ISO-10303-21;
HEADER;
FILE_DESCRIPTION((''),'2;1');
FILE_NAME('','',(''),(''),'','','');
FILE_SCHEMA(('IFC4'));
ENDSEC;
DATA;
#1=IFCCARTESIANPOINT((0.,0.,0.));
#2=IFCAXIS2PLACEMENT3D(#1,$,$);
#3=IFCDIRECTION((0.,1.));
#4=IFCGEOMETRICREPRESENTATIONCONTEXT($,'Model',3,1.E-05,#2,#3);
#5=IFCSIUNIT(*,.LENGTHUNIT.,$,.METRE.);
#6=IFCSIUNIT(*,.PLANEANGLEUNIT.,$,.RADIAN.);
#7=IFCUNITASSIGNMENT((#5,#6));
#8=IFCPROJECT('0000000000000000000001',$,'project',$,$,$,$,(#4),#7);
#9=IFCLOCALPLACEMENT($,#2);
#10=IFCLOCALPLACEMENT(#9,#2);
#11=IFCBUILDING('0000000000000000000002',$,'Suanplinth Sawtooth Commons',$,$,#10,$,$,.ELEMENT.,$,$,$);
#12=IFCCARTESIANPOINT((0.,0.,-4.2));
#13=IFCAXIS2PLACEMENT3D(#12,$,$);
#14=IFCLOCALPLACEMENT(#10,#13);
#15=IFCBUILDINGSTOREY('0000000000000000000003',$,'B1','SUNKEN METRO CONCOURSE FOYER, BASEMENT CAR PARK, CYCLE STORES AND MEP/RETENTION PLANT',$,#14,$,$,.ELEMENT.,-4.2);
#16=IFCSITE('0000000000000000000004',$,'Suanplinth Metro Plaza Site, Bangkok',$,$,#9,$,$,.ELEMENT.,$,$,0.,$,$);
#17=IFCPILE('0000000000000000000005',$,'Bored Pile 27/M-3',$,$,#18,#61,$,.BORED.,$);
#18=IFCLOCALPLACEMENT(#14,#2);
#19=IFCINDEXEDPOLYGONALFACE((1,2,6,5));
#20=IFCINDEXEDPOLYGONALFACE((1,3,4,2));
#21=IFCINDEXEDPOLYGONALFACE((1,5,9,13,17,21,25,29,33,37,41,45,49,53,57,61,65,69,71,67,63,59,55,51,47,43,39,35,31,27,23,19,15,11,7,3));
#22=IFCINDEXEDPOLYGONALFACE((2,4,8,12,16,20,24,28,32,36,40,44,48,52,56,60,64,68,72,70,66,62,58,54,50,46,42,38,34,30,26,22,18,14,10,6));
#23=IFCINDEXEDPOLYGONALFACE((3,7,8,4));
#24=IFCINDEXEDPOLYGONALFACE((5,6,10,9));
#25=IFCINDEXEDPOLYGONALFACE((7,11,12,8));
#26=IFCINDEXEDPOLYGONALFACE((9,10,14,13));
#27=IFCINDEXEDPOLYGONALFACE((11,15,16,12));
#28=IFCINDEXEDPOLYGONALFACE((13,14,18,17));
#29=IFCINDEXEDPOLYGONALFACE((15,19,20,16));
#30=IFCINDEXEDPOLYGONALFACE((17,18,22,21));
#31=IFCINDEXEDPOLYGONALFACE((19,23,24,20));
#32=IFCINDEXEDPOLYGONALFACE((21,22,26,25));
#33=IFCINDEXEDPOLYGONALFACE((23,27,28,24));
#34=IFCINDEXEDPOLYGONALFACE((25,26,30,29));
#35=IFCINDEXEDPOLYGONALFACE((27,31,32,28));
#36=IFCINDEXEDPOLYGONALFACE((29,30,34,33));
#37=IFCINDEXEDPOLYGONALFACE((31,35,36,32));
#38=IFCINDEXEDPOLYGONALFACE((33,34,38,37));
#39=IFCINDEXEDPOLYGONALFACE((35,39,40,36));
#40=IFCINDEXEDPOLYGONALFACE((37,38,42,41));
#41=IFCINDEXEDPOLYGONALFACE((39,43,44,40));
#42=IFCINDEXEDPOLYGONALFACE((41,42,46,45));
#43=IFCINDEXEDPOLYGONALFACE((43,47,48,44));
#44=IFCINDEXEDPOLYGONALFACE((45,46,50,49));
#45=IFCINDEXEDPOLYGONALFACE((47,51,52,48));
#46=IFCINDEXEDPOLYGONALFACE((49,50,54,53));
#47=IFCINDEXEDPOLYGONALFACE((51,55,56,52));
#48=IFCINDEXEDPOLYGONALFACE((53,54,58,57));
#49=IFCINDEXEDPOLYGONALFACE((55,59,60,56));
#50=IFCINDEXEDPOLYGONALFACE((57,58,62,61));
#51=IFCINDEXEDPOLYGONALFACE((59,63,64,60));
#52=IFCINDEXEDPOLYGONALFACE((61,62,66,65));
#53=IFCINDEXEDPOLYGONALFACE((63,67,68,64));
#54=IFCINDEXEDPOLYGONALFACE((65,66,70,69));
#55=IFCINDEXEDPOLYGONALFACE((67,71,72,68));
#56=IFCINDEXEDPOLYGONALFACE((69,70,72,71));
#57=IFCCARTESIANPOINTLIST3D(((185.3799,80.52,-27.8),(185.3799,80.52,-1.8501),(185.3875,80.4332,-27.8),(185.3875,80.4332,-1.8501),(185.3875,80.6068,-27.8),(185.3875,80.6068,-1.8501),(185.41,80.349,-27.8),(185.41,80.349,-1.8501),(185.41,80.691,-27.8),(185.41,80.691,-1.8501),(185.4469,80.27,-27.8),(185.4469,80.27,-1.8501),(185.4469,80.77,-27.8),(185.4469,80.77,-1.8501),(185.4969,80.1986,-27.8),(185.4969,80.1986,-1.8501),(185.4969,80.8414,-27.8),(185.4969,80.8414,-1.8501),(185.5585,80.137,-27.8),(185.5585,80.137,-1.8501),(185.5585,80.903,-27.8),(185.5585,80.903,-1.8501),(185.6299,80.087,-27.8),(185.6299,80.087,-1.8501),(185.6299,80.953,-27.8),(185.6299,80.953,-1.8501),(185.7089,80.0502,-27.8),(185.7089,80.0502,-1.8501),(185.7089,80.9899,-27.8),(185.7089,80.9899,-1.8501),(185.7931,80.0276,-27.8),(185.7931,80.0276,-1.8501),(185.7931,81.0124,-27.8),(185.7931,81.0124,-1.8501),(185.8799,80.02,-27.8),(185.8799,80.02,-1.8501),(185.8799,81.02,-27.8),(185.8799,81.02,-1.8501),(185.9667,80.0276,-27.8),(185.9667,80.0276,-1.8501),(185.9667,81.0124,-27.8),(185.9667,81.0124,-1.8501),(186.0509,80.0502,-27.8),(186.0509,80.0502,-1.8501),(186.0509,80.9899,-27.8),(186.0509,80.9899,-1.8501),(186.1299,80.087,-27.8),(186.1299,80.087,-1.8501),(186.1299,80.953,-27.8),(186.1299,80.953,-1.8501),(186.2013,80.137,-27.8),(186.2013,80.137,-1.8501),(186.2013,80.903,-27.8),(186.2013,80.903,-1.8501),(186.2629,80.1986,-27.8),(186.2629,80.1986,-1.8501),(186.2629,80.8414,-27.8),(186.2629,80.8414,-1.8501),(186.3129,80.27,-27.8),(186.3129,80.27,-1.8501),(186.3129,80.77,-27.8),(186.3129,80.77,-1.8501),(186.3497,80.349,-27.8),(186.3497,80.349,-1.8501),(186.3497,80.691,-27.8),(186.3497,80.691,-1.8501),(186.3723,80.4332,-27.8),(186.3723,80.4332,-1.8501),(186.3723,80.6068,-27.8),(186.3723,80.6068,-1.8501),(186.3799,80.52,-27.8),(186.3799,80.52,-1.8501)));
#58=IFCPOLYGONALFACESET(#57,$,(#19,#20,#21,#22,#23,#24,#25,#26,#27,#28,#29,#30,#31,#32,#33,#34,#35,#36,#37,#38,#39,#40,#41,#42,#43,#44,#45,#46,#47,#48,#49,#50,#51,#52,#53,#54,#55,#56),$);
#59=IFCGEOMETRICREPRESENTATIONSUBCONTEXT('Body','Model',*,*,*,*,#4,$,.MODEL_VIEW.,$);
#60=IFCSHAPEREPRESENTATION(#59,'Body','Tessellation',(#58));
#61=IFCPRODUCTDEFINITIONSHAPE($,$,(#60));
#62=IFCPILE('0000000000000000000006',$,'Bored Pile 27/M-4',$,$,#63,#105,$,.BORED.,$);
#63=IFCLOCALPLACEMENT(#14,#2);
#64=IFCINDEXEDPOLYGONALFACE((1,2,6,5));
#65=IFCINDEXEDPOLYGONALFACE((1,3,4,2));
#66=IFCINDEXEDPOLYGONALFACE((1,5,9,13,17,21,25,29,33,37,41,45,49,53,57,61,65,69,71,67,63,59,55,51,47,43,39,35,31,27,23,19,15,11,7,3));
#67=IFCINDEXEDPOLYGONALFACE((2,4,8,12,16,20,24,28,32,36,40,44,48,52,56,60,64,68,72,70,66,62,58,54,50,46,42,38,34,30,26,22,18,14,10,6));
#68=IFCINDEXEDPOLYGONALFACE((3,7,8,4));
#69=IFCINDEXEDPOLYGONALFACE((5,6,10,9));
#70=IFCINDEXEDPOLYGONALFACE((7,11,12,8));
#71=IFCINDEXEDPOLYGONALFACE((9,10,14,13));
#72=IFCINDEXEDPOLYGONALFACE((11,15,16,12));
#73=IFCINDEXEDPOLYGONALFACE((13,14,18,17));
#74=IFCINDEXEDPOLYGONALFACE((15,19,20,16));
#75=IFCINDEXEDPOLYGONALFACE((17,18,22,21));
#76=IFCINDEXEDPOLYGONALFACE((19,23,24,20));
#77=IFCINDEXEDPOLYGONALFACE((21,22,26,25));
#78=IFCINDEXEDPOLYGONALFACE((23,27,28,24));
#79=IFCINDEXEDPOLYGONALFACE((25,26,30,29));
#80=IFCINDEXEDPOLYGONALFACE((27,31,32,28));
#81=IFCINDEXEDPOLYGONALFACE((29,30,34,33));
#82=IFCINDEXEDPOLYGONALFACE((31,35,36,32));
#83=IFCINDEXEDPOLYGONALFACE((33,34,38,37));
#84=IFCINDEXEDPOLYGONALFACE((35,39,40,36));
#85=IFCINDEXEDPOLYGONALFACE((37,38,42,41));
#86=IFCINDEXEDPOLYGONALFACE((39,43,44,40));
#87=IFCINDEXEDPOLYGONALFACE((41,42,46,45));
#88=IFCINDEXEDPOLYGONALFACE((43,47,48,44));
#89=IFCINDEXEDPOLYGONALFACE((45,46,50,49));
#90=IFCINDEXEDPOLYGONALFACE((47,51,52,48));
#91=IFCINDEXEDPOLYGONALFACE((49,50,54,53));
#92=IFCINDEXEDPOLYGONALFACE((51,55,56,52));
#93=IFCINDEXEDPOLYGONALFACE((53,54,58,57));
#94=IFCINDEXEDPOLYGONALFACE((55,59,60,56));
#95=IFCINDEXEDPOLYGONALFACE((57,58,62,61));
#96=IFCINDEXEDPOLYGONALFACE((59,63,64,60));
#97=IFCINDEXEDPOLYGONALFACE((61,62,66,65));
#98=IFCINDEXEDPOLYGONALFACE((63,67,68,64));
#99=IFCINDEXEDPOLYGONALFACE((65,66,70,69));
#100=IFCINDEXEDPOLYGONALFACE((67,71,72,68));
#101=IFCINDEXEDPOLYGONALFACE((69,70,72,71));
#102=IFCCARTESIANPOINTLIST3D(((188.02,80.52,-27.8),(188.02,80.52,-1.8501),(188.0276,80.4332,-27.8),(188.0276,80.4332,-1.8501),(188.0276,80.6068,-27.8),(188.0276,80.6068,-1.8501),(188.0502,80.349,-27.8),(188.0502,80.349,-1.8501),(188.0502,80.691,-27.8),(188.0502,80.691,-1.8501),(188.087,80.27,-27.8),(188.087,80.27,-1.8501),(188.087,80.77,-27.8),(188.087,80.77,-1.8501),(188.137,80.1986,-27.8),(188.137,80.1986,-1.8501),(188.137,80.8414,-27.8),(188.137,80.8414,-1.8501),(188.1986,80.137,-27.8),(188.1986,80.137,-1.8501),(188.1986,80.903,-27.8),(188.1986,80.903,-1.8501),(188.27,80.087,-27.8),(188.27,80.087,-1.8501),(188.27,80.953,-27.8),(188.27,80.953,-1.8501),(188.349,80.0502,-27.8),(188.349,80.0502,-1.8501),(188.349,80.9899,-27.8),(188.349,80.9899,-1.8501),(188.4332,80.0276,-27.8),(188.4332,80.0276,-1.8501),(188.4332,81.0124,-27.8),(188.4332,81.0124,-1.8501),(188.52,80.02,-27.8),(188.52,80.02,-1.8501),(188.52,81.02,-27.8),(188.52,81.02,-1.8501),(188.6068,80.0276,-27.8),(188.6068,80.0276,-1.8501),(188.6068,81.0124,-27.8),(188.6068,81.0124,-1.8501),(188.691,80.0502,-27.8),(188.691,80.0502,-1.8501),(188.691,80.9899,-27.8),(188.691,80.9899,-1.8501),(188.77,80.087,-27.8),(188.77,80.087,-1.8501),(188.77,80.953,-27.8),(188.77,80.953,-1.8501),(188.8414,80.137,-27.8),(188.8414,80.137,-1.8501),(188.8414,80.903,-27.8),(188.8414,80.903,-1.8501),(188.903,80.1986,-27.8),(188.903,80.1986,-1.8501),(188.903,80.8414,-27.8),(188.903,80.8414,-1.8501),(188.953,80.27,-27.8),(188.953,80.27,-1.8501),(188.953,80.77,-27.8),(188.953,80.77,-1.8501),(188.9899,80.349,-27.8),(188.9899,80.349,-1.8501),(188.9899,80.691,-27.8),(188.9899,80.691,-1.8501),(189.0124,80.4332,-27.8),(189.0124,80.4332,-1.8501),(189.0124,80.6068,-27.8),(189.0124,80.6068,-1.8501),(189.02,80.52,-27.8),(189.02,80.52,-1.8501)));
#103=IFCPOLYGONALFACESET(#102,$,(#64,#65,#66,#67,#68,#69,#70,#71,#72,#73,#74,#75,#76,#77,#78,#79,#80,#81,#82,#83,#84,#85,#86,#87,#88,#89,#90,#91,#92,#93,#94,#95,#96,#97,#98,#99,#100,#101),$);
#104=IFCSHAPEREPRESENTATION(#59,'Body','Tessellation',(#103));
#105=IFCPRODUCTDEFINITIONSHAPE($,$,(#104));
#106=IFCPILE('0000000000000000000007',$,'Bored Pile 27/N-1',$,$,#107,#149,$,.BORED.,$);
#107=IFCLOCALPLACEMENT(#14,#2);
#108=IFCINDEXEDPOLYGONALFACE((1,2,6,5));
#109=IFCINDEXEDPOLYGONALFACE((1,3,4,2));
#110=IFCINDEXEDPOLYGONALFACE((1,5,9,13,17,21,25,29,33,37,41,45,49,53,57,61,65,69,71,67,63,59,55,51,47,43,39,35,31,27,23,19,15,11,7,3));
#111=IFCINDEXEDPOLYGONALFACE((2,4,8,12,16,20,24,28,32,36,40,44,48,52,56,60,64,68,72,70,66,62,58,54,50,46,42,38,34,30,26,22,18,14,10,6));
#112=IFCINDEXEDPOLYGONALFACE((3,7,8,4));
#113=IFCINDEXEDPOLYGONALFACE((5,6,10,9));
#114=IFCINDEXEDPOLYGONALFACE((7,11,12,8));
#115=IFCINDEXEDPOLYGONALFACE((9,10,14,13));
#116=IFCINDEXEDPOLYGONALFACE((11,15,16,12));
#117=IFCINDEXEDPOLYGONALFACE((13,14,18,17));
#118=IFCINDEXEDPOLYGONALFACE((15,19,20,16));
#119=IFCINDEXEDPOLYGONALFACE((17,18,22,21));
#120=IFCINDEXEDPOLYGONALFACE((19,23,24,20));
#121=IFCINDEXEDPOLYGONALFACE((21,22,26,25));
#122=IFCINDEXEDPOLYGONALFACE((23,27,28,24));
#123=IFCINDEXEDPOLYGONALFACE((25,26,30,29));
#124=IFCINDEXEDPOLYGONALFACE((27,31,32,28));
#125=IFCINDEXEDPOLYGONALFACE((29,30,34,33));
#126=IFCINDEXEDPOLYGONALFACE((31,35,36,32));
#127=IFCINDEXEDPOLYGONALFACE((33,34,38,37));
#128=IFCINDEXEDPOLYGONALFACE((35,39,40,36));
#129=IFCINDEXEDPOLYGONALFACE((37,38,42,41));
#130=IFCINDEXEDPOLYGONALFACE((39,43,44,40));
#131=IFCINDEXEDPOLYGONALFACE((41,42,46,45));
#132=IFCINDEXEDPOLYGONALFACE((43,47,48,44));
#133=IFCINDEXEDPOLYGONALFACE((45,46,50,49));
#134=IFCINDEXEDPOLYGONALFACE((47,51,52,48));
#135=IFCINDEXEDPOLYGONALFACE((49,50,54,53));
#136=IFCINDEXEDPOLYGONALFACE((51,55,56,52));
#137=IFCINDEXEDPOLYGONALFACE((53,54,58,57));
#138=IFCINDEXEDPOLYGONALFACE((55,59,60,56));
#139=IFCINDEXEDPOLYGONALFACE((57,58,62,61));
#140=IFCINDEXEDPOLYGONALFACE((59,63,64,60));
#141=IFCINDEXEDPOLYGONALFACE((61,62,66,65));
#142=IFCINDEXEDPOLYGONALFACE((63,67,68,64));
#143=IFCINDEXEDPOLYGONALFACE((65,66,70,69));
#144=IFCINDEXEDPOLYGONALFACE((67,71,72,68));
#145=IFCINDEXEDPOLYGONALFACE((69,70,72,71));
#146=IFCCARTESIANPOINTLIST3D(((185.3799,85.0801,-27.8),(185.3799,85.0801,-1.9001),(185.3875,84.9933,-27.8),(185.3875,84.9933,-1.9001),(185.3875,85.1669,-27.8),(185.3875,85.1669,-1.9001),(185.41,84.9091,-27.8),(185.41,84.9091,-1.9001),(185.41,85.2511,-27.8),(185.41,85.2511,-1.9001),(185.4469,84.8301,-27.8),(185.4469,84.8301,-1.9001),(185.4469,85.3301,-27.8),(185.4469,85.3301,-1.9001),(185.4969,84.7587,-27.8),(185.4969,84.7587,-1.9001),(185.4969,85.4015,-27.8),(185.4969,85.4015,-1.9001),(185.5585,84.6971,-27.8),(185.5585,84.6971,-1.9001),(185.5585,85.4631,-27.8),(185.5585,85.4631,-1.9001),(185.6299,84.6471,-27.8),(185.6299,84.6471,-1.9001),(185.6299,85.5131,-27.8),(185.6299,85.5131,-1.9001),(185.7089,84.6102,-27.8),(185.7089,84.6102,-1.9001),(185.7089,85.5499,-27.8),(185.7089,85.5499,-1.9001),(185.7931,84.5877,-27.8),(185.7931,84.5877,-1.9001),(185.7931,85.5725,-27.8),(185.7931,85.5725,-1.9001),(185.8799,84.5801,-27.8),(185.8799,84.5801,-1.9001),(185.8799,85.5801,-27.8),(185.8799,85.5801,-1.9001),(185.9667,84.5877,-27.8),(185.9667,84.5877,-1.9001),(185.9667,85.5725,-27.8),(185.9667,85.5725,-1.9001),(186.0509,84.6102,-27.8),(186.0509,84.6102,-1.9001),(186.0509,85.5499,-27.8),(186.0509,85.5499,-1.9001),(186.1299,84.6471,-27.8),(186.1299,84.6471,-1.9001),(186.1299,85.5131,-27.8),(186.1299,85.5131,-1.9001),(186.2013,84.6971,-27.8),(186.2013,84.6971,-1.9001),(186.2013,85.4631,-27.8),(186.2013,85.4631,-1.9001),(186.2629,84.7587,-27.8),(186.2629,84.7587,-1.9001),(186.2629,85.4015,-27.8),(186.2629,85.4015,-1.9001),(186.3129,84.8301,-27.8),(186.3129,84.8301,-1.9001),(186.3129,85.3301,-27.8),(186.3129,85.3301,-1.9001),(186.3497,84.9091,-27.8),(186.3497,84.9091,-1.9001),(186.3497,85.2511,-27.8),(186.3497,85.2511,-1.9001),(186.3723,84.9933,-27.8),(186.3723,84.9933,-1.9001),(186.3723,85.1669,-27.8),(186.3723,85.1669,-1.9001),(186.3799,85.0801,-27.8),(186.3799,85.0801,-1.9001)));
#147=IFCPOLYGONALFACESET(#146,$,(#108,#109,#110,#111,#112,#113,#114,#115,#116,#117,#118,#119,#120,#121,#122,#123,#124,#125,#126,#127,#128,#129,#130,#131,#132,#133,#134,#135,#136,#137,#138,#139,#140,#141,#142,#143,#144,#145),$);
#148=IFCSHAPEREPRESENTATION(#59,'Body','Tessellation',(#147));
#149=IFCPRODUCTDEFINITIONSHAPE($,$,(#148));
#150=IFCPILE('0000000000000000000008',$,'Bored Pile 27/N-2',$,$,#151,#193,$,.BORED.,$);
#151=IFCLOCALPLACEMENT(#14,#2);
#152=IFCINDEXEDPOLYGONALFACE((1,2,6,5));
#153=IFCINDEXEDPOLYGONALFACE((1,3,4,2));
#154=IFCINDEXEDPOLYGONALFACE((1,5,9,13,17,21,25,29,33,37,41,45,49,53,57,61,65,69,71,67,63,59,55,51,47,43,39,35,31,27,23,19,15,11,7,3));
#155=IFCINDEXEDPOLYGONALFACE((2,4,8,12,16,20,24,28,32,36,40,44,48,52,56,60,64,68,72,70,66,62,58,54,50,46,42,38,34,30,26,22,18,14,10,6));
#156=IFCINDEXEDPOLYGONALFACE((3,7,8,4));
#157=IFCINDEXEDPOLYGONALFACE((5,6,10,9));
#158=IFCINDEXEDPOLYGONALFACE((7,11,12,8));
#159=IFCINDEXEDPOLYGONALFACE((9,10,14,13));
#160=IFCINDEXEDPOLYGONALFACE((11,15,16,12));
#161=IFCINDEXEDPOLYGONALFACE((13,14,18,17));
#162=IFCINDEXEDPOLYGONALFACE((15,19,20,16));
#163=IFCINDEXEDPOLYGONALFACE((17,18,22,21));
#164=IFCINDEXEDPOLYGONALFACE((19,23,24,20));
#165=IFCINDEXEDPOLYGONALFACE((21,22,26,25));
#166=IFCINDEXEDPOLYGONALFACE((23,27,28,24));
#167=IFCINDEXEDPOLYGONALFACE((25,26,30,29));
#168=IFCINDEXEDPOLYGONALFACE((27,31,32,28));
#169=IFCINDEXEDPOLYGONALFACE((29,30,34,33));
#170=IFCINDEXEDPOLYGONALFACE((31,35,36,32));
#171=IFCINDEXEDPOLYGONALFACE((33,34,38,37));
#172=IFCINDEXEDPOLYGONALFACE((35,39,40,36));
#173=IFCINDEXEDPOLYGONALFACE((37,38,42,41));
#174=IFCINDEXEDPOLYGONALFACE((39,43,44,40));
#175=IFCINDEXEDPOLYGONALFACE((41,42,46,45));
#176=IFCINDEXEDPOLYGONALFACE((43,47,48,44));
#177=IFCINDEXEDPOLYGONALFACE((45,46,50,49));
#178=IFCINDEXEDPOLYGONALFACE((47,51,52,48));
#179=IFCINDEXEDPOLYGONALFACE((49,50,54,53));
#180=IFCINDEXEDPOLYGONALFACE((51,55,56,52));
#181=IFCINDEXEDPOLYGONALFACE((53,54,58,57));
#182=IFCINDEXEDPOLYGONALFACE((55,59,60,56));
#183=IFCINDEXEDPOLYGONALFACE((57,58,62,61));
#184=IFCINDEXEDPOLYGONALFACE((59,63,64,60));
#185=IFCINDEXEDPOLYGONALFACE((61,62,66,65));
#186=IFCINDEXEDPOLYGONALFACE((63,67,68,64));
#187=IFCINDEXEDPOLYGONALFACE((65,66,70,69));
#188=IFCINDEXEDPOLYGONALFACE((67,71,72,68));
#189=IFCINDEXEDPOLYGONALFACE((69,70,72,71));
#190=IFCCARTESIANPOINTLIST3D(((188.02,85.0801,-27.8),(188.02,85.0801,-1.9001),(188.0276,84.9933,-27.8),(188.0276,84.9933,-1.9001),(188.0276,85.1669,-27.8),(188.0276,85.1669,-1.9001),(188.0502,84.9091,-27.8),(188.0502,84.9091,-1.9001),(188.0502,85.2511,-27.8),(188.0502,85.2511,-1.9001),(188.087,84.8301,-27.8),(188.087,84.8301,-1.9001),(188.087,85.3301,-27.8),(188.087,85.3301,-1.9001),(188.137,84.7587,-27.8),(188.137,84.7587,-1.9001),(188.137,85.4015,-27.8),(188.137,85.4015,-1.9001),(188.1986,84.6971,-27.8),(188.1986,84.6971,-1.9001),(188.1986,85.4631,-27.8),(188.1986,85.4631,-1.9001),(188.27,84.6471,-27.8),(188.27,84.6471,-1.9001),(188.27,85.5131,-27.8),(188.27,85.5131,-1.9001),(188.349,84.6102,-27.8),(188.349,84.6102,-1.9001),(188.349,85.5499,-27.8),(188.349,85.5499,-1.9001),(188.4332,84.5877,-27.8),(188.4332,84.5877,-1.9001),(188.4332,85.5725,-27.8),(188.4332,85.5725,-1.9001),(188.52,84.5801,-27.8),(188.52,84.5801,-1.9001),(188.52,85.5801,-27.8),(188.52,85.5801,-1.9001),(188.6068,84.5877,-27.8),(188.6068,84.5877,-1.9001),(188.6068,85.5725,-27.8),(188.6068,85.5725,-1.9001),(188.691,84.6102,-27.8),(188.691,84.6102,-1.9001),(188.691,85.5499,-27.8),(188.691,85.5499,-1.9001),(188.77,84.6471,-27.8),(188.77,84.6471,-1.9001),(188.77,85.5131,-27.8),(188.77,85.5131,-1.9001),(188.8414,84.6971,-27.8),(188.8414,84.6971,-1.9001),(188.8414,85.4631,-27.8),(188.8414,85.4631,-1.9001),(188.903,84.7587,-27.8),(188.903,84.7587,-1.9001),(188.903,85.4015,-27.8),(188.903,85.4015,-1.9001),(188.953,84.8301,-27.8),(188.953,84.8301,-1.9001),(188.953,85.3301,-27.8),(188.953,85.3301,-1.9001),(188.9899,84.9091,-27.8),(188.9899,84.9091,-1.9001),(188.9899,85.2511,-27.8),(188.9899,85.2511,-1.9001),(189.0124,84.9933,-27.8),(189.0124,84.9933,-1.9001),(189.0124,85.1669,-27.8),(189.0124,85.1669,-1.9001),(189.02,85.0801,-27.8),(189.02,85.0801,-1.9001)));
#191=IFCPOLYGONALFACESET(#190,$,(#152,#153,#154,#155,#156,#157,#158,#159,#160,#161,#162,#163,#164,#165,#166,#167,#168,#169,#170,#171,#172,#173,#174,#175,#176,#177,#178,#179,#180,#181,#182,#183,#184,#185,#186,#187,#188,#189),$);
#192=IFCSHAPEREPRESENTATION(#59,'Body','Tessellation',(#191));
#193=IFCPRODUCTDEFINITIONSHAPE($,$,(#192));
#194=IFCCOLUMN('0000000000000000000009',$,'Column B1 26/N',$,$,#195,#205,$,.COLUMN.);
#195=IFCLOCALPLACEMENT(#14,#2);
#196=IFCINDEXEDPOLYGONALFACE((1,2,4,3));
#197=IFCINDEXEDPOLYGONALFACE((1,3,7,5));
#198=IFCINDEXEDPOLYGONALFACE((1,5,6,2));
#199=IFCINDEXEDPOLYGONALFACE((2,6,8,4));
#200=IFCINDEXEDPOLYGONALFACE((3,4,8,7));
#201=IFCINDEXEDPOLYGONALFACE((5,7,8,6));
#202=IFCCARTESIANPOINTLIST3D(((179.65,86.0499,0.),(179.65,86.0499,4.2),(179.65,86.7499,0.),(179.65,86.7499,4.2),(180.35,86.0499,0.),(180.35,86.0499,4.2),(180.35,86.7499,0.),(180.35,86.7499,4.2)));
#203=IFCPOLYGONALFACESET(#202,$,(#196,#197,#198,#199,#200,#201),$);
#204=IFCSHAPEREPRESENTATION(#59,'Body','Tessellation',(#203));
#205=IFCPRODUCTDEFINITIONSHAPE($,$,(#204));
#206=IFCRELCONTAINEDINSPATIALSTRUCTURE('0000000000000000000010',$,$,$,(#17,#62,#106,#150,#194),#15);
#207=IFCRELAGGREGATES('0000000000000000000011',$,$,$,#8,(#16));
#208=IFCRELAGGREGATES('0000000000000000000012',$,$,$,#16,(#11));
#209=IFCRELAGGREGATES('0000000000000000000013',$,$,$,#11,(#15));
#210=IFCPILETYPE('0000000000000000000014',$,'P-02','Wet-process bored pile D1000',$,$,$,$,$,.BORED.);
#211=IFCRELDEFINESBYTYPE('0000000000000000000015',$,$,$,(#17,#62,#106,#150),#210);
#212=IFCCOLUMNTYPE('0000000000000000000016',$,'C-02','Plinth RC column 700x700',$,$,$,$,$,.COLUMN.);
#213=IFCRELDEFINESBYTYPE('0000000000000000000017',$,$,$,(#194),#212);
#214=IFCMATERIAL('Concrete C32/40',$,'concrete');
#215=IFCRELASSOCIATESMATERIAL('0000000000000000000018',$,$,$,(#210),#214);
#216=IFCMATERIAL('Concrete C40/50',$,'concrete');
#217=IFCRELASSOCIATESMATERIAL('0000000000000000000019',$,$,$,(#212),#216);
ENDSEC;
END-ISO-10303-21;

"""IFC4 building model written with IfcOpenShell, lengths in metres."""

from ifc_helpers import new_model, si_unit, direction, frame, origin, origin_2d, place, context, subcontext, project, spatial, rectangle, circle, extrude, material, material_profile, profile_set, type_object, element, save


model = new_model("IFC4")

# Units and contexts
model_context = context("Model", 3, precision=1e-05, world=origin(), true_north=direction((0.0, 1.0)))
body_context = subcontext(model_context, "Body", "Model", "MODEL_VIEW")
ifc_project = project(units=[si_unit("LENGTHUNIT", "METRE"), si_unit("PLANEANGLEUNIT", "RADIAN")], contexts=[model_context])

# Site, building, storey
site_placement = place(None, origin())
site = spatial("IfcSite", under=ifc_project, at=site_placement, Name="Suanplinth Metro Plaza Site, Bangkok", CompositionType="ELEMENT", RefElevation=0.0)
building_placement = place(site_placement, origin())
building = spatial("IfcBuilding", under=site, at=building_placement, Name="Suanplinth Sawtooth Commons", CompositionType="ELEMENT")
storey_placement = place(building_placement, frame((0.0, 0.0, -4.2)))
storey = spatial("IfcBuildingStorey", under=building, at=storey_placement, Name="B1", Description="SUNKEN METRO CONCOURSE FOYER, BASEMENT CAR PARK, CYCLE STORES AND MEP/RETENTION PLANT", CompositionType="ELEMENT", Elevation=-4.2)

# Piles
ifc_material_1 = material(Name="Concrete C32/40", Category="concrete")
ifc_material_profile_1 = material_profile(ifc_material_1, circle(Radius=0.5, at=origin_2d()), Name="PILE D1000")
ifc_profile_set_1 = profile_set([ifc_material_profile_1], Name="Concrete C32/40")
pile_type = type_object("IfcPileType", Name="P-02", Description="Wet-process bored pile D1000", PredefinedType="BORED", material=ifc_profile_set_1)
for number, where, z_axis, x_axis, name in (
    (1, (185.8799, 80.52, -1.8501), (0.0, 0.0, -1.0), (1.0, 0.0, 0.0), "Bored Pile 27/M-3"),
    (2, (188.52, 80.52, -1.8501), (0.0, 0.0, -1.0), (1.0, 0.0, 0.0), "Bored Pile 27/M-4"),
):
    element("IfcPile", number, at=place(storey_placement, frame(where, z_axis=z_axis, x_axis=x_axis)), inside=storey, type_object=pile_type, Name=name, PredefinedType="BORED", context=body_context, shape_type="SweptSolid", body=[
        extrude(circle(Radius=0.5, at=origin_2d()), origin(), (0.0, 0.0, 1.0), 25.95),
    ])
for number, where, z_axis, x_axis, name in (
    (3, (185.8799, 85.0801, -1.9001), (0.0, 0.0, -1.0), (1.0, 0.0, 0.0), "Bored Pile 27/N-1"),
    (4, (188.52, 85.0801, -1.9001), (0.0, 0.0, -1.0), (1.0, 0.0, 0.0), "Bored Pile 27/N-2"),
):
    element("IfcPile", number, at=place(storey_placement, frame(where, z_axis=z_axis, x_axis=x_axis)), inside=storey, type_object=pile_type, Name=name, PredefinedType="BORED", context=body_context, shape_type="SweptSolid", body=[
        extrude(circle(Radius=0.5, at=origin_2d()), origin(), (0.0, 0.0, 1.0), 25.8999),
    ])

# Column
ifc_material_2 = material(Name="Concrete C40/50", Category="concrete")
ifc_material_profile_2 = material_profile(ifc_material_2, rectangle(XDim=0.7, YDim=0.7, at=origin_2d()), Name="RC-COL 700x700")
ifc_profile_set_2 = profile_set([ifc_material_profile_2], Name="Concrete C40/50")
column_type = type_object("IfcColumnType", Name="C-02", Description="Plinth RC column 700x700", PredefinedType="COLUMN", material=ifc_profile_set_2)
for number, where, z_axis, x_axis, name in (
    (5, (180.0, 86.3999, 0.0), (0.0, 0.0, 1.0), (1.0, 0.0, 0.0), "Column B1 26/N"),
):
    element("IfcColumn", number, at=place(storey_placement, frame(where, z_axis=z_axis, x_axis=x_axis)), inside=storey, type_object=column_type, Name=name, PredefinedType="COLUMN", context=body_context, shape_type="SweptSolid", body=[
        extrude(rectangle(XDim=0.7, YDim=0.7, at=origin_2d()), origin(), (0.0, 0.0, 1.0), 4.2),
    ])

save(model, "model.ifc")
